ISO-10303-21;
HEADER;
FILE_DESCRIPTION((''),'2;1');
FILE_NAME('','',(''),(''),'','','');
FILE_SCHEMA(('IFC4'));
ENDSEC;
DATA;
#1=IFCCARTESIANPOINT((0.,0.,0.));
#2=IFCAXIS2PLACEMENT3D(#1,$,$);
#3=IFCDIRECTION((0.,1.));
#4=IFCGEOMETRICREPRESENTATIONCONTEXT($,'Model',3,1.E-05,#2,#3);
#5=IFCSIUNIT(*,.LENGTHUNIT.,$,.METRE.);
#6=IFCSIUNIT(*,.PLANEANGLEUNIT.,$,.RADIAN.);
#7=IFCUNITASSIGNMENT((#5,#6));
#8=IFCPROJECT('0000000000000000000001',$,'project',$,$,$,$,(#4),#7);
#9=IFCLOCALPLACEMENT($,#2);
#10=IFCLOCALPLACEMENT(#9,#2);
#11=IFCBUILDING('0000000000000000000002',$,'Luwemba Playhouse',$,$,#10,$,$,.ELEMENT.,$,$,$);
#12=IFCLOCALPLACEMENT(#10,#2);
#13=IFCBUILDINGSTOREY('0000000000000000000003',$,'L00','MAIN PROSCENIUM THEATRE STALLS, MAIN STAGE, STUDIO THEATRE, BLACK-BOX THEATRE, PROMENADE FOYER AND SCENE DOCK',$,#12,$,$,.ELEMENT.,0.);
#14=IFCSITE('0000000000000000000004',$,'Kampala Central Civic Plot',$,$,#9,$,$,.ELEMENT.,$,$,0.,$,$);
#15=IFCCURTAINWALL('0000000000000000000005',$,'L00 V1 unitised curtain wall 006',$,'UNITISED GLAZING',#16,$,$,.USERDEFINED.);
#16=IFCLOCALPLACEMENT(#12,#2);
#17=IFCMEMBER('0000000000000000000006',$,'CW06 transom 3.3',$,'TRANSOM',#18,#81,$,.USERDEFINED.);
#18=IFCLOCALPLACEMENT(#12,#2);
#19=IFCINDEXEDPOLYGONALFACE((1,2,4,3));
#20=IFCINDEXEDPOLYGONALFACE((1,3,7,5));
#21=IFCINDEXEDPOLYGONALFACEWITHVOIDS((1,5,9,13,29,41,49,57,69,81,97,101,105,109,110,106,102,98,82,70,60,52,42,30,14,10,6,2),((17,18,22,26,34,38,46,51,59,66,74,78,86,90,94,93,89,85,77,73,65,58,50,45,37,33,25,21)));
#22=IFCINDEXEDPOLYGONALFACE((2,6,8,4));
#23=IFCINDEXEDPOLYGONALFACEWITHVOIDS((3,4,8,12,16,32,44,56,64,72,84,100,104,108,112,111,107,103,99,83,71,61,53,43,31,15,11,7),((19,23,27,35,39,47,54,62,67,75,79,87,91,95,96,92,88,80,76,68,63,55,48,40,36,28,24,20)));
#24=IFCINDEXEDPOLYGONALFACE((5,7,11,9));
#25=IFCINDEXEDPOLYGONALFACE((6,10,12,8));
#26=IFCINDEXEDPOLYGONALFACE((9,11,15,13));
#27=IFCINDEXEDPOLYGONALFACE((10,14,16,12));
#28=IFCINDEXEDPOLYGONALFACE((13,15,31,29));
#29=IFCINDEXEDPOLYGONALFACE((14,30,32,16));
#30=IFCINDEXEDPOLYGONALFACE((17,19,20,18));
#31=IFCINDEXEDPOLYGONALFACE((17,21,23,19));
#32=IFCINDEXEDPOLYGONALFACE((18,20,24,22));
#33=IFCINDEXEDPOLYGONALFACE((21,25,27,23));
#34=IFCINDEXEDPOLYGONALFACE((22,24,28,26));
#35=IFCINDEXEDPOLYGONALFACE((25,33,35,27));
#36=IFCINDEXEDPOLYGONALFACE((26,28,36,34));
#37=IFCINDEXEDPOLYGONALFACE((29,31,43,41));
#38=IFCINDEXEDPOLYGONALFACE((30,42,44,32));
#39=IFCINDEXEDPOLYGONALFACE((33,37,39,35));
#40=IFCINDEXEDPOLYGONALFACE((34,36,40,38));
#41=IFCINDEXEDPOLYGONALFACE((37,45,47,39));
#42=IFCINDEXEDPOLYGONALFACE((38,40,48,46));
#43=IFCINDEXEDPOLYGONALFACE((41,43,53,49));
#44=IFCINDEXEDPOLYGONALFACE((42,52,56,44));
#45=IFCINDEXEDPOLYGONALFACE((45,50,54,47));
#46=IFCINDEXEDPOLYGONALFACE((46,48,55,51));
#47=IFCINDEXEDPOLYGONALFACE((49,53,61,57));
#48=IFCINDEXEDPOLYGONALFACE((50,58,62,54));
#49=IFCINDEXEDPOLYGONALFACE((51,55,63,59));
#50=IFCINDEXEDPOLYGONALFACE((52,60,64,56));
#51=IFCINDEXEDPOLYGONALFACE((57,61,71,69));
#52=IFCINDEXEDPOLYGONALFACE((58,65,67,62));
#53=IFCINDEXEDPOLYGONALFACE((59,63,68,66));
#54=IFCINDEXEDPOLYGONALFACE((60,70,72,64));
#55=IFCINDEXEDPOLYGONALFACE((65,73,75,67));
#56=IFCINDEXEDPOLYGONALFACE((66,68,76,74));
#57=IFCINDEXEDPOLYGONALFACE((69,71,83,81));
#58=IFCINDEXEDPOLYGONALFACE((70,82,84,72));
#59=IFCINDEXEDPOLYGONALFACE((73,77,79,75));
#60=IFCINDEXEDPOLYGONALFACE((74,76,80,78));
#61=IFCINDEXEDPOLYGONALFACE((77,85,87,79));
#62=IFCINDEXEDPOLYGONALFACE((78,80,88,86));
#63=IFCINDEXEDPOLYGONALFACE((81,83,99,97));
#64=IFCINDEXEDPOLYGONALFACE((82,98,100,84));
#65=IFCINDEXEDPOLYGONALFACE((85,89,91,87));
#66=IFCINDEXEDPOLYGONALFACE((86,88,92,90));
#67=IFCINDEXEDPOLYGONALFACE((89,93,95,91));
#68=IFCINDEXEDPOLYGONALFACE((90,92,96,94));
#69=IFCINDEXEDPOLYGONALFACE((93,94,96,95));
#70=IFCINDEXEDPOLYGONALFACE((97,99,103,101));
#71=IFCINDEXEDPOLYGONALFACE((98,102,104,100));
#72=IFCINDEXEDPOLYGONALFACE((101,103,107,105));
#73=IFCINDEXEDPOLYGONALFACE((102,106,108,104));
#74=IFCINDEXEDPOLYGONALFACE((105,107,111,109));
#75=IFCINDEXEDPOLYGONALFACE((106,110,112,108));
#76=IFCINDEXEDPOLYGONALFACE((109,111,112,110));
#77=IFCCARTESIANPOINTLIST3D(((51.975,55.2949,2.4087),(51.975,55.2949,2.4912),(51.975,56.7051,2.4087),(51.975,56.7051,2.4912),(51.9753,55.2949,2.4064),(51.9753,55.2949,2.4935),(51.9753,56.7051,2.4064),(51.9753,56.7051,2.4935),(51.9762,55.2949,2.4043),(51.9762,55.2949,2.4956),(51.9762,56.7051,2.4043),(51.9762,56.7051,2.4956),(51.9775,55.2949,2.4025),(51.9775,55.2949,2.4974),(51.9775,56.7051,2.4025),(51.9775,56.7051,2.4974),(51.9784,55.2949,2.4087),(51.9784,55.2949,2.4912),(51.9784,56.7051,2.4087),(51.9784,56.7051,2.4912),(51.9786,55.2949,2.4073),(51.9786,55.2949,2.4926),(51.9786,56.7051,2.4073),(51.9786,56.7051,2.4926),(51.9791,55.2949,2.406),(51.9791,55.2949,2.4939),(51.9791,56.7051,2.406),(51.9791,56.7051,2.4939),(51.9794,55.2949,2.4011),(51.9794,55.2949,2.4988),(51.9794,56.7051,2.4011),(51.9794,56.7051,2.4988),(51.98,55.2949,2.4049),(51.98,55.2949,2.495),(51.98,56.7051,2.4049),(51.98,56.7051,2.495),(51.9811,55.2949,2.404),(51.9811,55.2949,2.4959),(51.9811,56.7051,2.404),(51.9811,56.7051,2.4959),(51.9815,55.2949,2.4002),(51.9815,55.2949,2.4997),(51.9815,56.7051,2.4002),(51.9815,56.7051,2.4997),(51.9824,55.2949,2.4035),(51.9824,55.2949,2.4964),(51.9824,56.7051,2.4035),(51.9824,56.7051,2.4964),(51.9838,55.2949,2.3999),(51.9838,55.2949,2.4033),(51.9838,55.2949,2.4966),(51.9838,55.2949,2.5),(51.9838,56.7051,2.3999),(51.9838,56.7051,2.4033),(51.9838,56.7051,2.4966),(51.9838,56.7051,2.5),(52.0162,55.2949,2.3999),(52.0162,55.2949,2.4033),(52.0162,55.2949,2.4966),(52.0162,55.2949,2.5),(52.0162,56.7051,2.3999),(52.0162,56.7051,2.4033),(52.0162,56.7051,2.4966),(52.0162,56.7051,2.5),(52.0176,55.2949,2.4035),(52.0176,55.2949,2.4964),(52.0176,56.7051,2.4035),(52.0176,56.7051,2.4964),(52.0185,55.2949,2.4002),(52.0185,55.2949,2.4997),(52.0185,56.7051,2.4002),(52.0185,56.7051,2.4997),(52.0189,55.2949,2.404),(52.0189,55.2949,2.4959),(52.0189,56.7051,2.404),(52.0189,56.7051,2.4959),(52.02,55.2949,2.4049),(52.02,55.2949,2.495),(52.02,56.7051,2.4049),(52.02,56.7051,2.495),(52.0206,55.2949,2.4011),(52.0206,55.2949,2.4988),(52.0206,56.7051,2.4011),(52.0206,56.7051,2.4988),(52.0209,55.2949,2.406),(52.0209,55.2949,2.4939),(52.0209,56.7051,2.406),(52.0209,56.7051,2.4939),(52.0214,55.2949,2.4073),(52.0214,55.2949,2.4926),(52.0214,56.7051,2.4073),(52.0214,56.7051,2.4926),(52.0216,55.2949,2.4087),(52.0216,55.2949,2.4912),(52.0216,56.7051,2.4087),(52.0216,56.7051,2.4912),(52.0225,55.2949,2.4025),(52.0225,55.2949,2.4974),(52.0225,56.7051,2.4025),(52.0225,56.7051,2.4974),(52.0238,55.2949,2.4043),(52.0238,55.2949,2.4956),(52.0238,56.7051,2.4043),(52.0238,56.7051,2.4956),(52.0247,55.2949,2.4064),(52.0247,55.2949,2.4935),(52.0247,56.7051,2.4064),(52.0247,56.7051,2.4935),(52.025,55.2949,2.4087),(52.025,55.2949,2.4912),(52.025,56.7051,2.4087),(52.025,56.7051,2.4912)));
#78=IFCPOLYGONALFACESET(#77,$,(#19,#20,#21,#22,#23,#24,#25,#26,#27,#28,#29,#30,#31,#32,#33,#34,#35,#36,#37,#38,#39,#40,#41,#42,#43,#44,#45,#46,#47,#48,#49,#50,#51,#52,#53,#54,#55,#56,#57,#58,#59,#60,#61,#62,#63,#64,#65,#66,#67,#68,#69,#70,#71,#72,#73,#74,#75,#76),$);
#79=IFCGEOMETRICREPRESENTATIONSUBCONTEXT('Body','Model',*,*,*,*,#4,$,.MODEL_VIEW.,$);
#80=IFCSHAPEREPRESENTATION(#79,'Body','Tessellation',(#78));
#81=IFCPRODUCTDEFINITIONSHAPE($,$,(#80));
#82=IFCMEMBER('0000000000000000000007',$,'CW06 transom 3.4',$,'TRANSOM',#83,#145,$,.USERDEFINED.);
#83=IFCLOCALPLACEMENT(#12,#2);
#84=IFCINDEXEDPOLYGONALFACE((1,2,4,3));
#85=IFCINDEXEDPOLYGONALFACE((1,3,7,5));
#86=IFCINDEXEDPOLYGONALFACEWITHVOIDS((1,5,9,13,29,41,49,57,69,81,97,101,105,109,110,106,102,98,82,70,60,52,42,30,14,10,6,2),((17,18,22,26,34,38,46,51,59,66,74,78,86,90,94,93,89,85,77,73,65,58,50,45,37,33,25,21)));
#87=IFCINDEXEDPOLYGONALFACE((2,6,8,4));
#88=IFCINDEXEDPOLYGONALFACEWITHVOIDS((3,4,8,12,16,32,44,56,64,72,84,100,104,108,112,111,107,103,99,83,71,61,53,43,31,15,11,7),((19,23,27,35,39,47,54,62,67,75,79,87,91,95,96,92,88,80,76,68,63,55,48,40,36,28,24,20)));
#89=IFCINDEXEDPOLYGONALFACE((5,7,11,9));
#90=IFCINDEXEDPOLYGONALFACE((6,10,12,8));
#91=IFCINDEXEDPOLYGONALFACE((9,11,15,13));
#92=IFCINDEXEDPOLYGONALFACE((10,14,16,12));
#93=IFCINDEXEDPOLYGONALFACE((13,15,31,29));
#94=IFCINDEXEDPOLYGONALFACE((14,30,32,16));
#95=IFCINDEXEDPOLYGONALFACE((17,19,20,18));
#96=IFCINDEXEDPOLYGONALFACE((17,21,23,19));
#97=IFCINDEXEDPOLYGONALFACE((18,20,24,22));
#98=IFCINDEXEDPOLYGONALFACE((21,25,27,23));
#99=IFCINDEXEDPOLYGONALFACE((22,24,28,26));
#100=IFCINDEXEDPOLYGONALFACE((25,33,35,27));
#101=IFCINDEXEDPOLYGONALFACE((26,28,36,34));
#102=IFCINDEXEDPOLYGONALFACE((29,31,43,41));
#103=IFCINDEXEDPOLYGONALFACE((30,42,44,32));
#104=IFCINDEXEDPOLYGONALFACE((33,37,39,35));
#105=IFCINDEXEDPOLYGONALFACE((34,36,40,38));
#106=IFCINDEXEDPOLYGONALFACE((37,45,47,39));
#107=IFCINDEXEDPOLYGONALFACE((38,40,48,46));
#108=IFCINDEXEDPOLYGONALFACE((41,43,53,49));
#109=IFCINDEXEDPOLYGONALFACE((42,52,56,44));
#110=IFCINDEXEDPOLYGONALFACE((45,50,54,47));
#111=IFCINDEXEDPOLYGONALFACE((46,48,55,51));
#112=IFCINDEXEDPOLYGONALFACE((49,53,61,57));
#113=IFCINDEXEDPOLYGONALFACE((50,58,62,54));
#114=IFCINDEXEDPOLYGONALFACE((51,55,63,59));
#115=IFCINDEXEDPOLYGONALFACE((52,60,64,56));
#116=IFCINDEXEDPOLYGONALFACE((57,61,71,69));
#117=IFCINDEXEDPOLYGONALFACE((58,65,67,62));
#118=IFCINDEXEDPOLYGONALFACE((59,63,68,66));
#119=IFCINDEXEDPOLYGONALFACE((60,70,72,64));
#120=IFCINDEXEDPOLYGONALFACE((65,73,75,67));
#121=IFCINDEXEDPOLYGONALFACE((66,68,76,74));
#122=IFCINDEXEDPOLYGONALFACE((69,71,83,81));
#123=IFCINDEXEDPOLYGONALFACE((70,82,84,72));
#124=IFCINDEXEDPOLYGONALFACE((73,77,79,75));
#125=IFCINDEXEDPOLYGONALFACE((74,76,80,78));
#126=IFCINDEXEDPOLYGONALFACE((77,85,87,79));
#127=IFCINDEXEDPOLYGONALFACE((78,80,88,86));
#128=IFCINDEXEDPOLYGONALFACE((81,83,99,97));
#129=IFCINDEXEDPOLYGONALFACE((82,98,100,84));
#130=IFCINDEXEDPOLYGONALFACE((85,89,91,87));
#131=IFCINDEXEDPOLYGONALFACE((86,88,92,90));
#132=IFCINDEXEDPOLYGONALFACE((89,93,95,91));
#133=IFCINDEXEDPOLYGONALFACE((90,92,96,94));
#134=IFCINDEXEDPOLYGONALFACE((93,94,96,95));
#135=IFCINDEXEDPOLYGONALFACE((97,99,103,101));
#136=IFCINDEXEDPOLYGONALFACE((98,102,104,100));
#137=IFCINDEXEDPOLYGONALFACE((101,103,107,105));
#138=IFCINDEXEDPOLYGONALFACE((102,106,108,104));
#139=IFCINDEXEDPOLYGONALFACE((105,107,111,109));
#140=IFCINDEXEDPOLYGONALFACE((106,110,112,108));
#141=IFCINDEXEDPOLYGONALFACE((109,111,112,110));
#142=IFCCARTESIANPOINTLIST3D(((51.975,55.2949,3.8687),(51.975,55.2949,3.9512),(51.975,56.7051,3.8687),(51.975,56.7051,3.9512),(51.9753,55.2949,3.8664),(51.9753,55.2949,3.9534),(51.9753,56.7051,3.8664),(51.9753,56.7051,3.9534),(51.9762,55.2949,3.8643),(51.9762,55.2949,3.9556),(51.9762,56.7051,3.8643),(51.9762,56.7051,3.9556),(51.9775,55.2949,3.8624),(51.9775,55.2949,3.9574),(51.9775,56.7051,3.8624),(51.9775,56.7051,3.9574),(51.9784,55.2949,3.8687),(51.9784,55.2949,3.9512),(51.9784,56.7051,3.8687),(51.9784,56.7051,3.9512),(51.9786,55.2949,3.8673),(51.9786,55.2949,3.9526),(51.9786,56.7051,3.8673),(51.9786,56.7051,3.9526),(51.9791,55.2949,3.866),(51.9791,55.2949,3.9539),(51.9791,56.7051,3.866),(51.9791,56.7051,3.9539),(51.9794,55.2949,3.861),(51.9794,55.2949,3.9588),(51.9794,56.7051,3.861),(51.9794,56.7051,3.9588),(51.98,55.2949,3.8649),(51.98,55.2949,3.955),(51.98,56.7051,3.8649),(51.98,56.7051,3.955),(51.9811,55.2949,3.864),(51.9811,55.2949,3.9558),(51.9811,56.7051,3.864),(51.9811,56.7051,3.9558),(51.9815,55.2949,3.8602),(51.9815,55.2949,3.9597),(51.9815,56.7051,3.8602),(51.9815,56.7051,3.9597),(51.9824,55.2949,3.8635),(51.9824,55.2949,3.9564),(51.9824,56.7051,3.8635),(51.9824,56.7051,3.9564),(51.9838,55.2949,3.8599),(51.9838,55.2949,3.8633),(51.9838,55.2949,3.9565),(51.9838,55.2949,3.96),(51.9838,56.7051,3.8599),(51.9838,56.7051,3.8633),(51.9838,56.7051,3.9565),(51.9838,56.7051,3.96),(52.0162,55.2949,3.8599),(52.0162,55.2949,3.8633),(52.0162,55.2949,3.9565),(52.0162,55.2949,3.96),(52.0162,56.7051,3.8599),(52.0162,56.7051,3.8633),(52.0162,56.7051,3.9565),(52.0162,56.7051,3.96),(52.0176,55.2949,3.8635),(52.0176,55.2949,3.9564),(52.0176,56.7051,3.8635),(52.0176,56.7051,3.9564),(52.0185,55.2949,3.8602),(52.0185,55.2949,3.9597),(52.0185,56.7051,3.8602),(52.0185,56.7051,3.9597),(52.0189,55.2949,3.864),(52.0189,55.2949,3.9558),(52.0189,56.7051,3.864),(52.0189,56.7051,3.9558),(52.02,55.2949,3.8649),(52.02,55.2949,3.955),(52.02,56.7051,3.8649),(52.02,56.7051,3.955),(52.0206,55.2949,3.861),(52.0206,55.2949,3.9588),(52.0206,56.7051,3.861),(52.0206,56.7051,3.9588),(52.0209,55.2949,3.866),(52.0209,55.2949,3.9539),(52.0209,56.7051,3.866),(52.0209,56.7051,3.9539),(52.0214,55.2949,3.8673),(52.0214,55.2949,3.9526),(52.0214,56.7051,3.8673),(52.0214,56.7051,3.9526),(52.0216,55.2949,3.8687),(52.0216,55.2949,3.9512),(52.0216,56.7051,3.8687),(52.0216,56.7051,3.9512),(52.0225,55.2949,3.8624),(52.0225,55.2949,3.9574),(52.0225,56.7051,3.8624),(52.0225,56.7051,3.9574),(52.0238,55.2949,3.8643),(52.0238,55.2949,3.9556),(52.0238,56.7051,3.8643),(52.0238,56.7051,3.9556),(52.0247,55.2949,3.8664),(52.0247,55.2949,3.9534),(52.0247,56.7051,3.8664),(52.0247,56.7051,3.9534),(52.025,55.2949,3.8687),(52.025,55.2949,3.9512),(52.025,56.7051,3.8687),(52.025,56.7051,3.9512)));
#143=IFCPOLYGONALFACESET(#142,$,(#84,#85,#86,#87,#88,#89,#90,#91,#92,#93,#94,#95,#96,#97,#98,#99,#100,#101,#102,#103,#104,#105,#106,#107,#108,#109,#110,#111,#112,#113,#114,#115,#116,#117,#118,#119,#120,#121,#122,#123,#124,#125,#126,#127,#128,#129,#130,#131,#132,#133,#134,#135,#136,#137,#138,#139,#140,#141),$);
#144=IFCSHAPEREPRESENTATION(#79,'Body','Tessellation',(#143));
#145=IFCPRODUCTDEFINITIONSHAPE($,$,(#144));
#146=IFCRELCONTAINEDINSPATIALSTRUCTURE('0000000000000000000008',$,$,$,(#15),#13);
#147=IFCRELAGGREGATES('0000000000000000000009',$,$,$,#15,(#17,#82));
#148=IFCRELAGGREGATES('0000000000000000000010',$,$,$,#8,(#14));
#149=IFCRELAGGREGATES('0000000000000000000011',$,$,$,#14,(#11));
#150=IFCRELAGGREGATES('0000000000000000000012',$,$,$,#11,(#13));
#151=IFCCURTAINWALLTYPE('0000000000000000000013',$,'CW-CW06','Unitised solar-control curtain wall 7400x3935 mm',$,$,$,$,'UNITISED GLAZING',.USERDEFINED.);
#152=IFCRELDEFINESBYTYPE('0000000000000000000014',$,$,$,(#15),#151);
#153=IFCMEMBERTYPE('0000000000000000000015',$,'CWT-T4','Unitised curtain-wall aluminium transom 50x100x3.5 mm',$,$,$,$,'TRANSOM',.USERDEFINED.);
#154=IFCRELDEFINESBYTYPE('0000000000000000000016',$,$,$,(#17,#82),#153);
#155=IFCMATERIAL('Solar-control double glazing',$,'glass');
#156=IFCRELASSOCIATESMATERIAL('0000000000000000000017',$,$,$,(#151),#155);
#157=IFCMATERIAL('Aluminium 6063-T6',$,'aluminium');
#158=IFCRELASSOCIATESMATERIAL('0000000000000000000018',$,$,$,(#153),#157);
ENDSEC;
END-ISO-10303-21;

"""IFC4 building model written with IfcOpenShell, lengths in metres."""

from ifc_helpers import new_model, si_unit, direction, frame, origin, origin_2d, place, context, subcontext, project, spatial, hollow_rectangle, extrude, material, material_profile, profile_set, type_object, element, aggregate, save


model = new_model("IFC4")

# Units and contexts
model_context = context("Model", 3, precision=1e-05, world=origin(), true_north=direction((0.0, 1.0)))
body_context = subcontext(model_context, "Body", "Model", "MODEL_VIEW")
ifc_project = project(units=[si_unit("LENGTHUNIT", "METRE"), si_unit("PLANEANGLEUNIT", "RADIAN")], contexts=[model_context])

# Site, building, storey
site_placement = place(None, origin())
site = spatial("IfcSite", under=ifc_project, at=site_placement, Name="Kampala Central Civic Plot", CompositionType="ELEMENT", RefElevation=0.0)
building_placement = place(site_placement, origin())
building = spatial("IfcBuilding", under=site, at=building_placement, Name="Luwemba Playhouse", CompositionType="ELEMENT")
storey_placement = place(building_placement, origin())
storey = spatial("IfcBuildingStorey", under=building, at=storey_placement, Name="L00", Description="MAIN PROSCENIUM THEATRE STALLS, MAIN STAGE, STUDIO THEATRE, BLACK-BOX THEATRE, PROMENADE FOYER AND SCENE DOCK", CompositionType="ELEMENT", Elevation=0.0)

# Curtain wall, members
ifc_material_1 = material(Name="Solar-control double glazing", Category="glass")
curtain_wall_type = type_object("IfcCurtainWallType", Name="CW-CW06", Description="Unitised solar-control curtain wall 7400x3935 mm", ElementType="UNITISED GLAZING", PredefinedType="USERDEFINED", material=ifc_material_1)
curtain_wall_placement = place(storey_placement, origin())
curtain_wall = element("IfcCurtainWall", 1, at=curtain_wall_placement, inside=storey, type_object=curtain_wall_type, Name="L00 V1 unitised curtain wall 006", ObjectType="UNITISED GLAZING", PredefinedType="USERDEFINED")
ifc_material_2 = material(Name="Aluminium 6063-T6", Category="aluminium")
ifc_material_profile_1 = material_profile(ifc_material_2, hollow_rectangle(XDim=0.05, YDim=0.1001, WallThickness=0.0034, InnerFilletRadius=0.0054, OuterFilletRadius=0.0088, at=origin_2d()))
ifc_profile_set_1 = profile_set([ifc_material_profile_1], Name="Aluminium 6063-T6")
member_type_1 = type_object("IfcMemberType", Name="CWT-T4", Description="Unitised curtain-wall aluminium transom 50x100x3.5 mm", ElementType="TRANSOM", PredefinedType="USERDEFINED", material=ifc_profile_set_1)
member_1_placement = place(storey_placement, frame((52.0, 56.7051, 2.45), z_axis=(0.0, -1.0, 0.0), x_axis=(1.0, 0.0, 0.0)))
member_1 = element("IfcMember", 2, at=member_1_placement, type_object=member_type_1, Name="CW06 transom 3.3", ObjectType="TRANSOM", PredefinedType="USERDEFINED", context=body_context, shape_type="SweptSolid", body=[
    extrude(hollow_rectangle(XDim=0.05, YDim=0.1001, WallThickness=0.0034, InnerFilletRadius=0.0054, OuterFilletRadius=0.0088, at=origin_2d()), origin(), (0.0, 0.0, 1.0), 1.4102),
])
member_2_placement = place(storey_placement, frame((52.0, 56.7051, 3.9099), z_axis=(0.0, -1.0, 0.0), x_axis=(1.0, 0.0, 0.0)))
member_2 = element("IfcMember", 3, at=member_2_placement, type_object=member_type_1, Name="CW06 transom 3.4", ObjectType="TRANSOM", PredefinedType="USERDEFINED", context=body_context, shape_type="SweptSolid", body=[
    extrude(hollow_rectangle(XDim=0.05, YDim=0.1001, WallThickness=0.0034, InnerFilletRadius=0.0054, OuterFilletRadius=0.0088, at=origin_2d()), origin(), (0.0, 0.0, 1.0), 1.4102),
])
aggregate(curtain_wall, [member_1, member_2])

save(model, "model.ifc")
